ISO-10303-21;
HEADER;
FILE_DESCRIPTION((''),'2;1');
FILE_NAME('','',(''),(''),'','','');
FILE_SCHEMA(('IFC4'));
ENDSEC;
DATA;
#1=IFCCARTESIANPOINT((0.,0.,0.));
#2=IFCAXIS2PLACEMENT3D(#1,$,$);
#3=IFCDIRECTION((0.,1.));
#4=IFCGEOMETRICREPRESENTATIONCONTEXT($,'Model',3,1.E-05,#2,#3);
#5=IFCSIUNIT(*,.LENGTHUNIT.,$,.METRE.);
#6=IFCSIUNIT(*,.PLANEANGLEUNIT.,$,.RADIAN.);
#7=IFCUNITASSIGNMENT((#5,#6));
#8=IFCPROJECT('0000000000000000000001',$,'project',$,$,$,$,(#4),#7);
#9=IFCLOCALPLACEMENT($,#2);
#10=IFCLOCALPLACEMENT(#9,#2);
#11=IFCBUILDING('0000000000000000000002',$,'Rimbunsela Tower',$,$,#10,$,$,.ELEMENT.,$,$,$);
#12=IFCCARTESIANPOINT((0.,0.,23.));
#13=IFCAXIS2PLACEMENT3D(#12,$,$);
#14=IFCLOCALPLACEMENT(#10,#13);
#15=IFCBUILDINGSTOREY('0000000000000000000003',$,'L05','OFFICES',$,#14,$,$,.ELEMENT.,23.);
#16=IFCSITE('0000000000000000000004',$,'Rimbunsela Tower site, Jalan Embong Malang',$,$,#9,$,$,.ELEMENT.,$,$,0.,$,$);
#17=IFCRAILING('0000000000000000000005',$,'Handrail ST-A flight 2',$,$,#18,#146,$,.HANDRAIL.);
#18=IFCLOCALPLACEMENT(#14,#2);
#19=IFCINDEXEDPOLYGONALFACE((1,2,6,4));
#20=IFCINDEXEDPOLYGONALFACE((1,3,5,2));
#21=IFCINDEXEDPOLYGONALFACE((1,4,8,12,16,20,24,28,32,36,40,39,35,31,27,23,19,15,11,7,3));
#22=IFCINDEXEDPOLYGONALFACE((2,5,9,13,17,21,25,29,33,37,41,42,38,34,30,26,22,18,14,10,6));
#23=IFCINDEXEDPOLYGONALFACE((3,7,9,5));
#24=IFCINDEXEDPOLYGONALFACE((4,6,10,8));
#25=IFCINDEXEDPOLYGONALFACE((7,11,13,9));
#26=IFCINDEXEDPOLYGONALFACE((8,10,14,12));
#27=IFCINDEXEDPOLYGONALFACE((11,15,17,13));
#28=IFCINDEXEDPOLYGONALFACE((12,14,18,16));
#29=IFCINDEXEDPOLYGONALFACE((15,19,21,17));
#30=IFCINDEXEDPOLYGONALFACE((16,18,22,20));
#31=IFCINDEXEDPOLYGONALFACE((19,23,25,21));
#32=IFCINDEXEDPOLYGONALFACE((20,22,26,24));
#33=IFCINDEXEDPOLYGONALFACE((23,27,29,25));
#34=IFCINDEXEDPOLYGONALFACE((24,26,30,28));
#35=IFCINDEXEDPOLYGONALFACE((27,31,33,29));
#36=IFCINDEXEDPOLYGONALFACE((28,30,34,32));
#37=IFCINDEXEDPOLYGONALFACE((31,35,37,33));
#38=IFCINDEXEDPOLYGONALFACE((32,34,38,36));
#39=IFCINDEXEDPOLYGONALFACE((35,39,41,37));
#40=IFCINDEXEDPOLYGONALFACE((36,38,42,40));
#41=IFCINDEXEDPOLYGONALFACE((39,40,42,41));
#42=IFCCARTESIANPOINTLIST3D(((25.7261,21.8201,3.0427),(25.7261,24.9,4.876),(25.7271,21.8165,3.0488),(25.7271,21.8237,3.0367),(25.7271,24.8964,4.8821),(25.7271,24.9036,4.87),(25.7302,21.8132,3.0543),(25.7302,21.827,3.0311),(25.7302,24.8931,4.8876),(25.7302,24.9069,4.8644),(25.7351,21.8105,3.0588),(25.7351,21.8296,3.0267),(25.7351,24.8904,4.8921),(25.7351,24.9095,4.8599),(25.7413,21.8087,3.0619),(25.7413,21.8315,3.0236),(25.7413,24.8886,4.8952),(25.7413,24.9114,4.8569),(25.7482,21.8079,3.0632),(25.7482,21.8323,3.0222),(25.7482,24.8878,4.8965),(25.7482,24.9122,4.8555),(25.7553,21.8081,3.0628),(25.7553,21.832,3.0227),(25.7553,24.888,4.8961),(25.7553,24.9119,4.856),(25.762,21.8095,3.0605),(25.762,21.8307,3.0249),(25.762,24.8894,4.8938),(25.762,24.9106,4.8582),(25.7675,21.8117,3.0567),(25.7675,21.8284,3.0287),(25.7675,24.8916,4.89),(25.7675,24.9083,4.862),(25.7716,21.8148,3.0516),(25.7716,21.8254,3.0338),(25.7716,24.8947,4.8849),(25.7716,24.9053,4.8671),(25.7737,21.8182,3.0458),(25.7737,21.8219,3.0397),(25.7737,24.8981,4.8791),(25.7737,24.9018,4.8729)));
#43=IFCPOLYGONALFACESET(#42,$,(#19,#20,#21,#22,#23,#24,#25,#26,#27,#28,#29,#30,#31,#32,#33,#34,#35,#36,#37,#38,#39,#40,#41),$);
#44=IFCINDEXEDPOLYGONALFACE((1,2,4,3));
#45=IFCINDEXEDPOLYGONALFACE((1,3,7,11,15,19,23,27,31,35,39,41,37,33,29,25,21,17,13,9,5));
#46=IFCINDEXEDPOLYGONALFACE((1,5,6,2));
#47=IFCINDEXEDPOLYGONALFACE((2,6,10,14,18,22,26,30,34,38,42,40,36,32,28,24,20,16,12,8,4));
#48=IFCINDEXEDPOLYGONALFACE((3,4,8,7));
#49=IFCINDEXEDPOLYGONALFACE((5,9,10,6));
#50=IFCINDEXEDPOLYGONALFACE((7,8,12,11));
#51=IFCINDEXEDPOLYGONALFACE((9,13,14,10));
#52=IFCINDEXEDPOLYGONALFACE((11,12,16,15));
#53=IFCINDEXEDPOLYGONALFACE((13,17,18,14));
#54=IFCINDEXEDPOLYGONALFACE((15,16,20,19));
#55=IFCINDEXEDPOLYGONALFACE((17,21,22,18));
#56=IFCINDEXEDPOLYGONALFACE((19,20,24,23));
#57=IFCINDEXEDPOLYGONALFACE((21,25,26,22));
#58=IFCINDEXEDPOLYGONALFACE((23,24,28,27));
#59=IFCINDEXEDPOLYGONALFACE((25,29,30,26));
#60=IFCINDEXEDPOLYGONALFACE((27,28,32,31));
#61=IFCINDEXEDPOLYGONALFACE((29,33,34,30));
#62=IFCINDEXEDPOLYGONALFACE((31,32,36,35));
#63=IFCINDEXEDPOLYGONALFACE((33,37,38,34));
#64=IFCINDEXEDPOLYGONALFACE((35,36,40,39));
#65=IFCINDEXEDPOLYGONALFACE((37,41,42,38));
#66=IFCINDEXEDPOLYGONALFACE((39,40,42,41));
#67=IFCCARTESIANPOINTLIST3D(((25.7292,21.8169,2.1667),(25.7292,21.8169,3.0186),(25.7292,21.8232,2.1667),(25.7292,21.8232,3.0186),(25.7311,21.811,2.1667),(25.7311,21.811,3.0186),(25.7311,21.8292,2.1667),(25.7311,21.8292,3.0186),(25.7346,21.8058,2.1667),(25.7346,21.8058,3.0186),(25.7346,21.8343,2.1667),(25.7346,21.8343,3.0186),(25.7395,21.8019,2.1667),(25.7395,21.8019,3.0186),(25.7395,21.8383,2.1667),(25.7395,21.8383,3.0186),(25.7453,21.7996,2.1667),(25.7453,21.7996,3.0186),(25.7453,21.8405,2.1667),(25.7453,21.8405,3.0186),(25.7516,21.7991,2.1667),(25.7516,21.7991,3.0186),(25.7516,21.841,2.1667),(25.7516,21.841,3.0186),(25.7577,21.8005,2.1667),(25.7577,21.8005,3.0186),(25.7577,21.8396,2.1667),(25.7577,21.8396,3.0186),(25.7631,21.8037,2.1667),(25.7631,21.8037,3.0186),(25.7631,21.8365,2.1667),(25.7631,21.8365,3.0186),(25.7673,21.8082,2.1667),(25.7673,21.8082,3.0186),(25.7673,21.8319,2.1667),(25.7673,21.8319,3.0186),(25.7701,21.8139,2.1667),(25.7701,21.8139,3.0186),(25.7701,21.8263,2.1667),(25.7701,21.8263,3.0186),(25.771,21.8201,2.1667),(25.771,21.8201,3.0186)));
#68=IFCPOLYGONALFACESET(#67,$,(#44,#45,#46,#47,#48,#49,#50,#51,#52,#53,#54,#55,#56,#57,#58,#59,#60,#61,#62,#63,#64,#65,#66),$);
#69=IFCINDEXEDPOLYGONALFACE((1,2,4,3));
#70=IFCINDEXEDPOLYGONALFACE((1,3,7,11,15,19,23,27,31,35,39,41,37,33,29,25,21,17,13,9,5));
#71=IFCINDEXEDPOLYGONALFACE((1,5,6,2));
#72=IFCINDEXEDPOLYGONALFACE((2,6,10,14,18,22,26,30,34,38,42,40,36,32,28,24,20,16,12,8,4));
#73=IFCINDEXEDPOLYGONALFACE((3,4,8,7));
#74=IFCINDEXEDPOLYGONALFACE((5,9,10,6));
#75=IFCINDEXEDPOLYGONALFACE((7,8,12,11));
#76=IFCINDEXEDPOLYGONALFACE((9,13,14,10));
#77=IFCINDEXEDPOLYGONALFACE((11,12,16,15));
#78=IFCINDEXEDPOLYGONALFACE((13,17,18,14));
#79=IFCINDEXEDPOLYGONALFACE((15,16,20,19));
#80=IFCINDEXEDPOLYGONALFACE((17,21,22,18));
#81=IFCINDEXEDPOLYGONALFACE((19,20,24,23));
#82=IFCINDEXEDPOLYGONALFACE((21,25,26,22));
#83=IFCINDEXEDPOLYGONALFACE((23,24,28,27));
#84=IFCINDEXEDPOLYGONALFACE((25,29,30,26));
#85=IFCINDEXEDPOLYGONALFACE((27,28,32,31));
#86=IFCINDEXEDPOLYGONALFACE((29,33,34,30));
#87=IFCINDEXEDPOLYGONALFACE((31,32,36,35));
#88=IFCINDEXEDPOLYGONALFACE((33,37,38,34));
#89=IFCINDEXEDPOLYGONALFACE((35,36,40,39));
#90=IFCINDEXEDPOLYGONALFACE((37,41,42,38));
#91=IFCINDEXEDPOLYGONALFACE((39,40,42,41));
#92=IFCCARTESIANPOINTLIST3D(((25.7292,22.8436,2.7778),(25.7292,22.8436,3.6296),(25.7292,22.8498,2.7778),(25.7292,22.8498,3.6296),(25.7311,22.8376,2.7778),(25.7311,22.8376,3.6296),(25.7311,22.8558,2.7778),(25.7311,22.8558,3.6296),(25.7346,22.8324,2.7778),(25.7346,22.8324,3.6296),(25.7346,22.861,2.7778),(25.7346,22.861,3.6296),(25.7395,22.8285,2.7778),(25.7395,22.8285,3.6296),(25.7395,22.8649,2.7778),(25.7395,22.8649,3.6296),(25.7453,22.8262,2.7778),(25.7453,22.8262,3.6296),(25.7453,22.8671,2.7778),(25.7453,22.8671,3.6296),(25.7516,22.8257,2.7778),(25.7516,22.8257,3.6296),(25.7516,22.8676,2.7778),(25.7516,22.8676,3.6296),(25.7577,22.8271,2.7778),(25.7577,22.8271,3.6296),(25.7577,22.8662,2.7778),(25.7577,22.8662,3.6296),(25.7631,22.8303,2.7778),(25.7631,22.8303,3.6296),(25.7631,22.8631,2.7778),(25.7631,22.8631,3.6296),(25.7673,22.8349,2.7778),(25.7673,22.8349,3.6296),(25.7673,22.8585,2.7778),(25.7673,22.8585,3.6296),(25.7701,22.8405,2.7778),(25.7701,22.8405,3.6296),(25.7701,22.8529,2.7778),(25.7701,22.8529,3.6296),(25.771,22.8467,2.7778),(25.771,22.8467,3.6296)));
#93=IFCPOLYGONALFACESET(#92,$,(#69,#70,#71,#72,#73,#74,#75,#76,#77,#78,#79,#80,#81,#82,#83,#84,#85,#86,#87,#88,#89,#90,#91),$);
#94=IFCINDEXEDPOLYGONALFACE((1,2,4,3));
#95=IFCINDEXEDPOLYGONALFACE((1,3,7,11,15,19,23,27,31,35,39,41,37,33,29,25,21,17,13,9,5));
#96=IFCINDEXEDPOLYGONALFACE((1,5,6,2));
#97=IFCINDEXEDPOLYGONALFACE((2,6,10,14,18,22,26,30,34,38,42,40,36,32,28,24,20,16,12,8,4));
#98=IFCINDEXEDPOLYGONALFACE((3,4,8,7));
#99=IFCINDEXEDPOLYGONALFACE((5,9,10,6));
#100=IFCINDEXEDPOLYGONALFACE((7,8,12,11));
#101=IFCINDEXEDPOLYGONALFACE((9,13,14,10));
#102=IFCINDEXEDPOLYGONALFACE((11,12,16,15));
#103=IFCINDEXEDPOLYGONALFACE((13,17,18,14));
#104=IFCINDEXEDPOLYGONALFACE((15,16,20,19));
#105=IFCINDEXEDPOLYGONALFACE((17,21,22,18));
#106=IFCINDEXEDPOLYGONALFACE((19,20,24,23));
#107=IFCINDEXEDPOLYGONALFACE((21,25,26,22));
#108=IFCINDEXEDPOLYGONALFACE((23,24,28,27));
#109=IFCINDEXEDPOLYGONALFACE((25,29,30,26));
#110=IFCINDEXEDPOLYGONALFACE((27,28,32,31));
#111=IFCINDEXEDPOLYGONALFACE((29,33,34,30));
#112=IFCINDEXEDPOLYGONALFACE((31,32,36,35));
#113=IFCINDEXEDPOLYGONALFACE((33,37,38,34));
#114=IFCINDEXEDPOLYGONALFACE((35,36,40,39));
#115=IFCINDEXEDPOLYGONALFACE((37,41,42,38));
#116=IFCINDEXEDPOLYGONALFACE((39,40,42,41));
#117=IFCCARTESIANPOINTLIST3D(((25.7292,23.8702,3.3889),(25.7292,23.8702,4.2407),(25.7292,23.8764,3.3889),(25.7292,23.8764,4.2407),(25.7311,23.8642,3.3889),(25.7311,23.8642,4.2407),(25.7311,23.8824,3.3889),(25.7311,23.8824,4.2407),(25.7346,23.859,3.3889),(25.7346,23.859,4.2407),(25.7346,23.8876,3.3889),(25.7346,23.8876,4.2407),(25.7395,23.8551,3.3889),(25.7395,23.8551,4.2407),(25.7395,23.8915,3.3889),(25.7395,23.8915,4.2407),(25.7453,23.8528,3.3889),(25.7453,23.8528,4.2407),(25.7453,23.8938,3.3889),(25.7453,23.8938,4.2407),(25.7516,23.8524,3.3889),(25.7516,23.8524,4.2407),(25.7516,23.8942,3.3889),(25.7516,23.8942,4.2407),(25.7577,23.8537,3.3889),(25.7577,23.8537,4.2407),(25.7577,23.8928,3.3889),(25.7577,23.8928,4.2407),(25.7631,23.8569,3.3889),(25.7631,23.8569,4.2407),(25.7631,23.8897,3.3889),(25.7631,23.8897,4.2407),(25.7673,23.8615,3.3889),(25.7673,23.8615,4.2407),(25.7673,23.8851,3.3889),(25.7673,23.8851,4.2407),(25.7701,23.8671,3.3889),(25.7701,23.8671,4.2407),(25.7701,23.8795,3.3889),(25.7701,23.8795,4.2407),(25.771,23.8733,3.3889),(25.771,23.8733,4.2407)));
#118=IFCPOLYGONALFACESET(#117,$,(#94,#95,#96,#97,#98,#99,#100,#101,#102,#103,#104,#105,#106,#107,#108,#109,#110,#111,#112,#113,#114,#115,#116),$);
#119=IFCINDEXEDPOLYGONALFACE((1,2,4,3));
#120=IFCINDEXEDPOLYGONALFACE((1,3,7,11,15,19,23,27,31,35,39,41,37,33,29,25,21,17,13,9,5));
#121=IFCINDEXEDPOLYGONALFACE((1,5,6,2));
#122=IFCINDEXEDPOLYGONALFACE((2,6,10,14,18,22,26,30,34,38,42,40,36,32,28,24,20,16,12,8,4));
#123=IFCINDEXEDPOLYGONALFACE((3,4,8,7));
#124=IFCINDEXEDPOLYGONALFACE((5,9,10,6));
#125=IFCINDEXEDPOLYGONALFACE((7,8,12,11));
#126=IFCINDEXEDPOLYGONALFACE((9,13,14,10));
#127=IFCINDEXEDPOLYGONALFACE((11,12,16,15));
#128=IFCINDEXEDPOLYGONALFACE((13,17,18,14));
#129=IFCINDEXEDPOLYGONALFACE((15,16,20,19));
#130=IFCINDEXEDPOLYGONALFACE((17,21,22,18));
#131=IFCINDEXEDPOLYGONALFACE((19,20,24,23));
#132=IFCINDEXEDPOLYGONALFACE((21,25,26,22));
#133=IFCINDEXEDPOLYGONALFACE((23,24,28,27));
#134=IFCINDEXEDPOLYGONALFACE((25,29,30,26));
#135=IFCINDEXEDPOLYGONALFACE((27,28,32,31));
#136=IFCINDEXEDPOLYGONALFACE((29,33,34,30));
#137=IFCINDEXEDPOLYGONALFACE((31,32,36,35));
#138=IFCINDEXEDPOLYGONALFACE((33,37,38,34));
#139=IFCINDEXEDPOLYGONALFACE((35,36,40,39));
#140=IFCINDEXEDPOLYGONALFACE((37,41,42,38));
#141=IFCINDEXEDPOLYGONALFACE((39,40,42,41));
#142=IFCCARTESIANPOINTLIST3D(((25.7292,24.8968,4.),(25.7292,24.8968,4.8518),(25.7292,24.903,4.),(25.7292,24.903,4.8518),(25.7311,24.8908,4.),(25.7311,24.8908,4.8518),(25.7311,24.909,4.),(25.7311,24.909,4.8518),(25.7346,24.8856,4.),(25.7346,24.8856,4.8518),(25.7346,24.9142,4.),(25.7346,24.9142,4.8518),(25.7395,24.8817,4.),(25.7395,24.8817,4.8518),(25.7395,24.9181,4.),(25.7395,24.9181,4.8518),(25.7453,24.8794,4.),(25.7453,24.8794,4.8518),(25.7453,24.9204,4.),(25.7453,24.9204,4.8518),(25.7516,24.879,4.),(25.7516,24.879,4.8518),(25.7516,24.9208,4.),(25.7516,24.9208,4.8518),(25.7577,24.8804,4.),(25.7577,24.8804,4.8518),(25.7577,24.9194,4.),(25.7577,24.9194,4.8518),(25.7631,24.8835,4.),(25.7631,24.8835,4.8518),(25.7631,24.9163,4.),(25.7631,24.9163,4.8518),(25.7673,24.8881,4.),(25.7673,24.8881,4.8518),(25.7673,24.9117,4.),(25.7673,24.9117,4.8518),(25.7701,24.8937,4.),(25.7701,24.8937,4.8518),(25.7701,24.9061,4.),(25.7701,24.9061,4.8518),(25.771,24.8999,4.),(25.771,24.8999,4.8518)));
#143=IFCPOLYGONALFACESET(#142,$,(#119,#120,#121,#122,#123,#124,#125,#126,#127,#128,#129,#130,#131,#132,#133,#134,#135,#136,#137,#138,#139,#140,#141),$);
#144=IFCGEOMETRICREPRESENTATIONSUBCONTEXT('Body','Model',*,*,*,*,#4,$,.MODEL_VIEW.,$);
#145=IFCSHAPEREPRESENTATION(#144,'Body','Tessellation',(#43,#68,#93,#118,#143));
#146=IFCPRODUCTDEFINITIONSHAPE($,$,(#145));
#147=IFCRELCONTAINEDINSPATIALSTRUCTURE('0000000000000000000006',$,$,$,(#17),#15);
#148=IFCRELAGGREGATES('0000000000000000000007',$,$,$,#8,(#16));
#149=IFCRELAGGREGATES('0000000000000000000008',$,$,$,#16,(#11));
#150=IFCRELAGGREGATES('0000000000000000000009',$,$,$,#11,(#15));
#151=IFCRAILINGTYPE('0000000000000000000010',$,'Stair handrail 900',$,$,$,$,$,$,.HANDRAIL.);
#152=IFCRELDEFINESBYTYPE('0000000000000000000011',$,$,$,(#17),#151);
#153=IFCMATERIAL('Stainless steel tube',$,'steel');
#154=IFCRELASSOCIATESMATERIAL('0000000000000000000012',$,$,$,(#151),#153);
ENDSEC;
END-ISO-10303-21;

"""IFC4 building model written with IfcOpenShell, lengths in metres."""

from ifc_helpers import new_model, si_unit, direction, frame, origin, origin_2d, place, context, subcontext, project, spatial, circle, extrude, material, type_object, element, save


model = new_model("IFC4")

# Units and contexts
model_context = context("Model", 3, precision=1e-05, world=origin(), true_north=direction((0.0, 1.0)))
body_context = subcontext(model_context, "Body", "Model", "MODEL_VIEW")
ifc_project = project(units=[si_unit("LENGTHUNIT", "METRE"), si_unit("PLANEANGLEUNIT", "RADIAN")], contexts=[model_context])

# Site, building, storey
site_placement = place(None, origin())
site = spatial("IfcSite", under=ifc_project, at=site_placement, Name="Rimbunsela Tower site, Jalan Embong Malang", CompositionType="ELEMENT", RefElevation=0.0)
building_placement = place(site_placement, origin())
building = spatial("IfcBuilding", under=site, at=building_placement, Name="Rimbunsela Tower", CompositionType="ELEMENT")
storey_placement = place(building_placement, frame((0.0, 0.0, 23.0)))
storey = spatial("IfcBuildingStorey", under=building, at=storey_placement, Name="L05", Description="OFFICES", CompositionType="ELEMENT", Elevation=23.0)

# Railing
ifc_material_1 = material(Name="Stainless steel tube", Category="steel")
railing_type = type_object("IfcRailingType", Name="Stair handrail 900", PredefinedType="HANDRAIL", material=ifc_material_1)
railing_1_placement = place(storey_placement, frame((25.75, 21.8201, 2.1667)))
element("IfcRailing", 1, at=railing_1_placement, inside=storey, type_object=railing_type, Name="Handrail ST-A flight 2", PredefinedType="HANDRAIL", context=body_context, shape_type="SweptSolid", body=[
    extrude(circle(Radius=0.0239, at=origin_2d()), frame((0.0, 0.0, 0.876), z_axis=(0.0, 0.859291, 0.511487), x_axis=(-1.0, 0.0, 0.0)), (0.0, 0.0, 1.0), 3.5842),
    extrude(circle(Radius=0.021, at=origin_2d()), origin(), (0.0, 0.0, 1.0), 0.8518),
    extrude(circle(Radius=0.021, at=origin_2d()), frame((0.0, 1.0266, 0.6111)), (0.0, 0.0, 1.0), 0.8518),
    extrude(circle(Radius=0.021, at=origin_2d()), frame((0.0, 2.0532, 1.2222)), (0.0, 0.0, 1.0), 0.8518),
    extrude(circle(Radius=0.021, at=origin_2d()), frame((0.0, 3.0798, 1.8333)), (0.0, 0.0, 1.0), 0.8518),
])

save(model, "model.ifc")
